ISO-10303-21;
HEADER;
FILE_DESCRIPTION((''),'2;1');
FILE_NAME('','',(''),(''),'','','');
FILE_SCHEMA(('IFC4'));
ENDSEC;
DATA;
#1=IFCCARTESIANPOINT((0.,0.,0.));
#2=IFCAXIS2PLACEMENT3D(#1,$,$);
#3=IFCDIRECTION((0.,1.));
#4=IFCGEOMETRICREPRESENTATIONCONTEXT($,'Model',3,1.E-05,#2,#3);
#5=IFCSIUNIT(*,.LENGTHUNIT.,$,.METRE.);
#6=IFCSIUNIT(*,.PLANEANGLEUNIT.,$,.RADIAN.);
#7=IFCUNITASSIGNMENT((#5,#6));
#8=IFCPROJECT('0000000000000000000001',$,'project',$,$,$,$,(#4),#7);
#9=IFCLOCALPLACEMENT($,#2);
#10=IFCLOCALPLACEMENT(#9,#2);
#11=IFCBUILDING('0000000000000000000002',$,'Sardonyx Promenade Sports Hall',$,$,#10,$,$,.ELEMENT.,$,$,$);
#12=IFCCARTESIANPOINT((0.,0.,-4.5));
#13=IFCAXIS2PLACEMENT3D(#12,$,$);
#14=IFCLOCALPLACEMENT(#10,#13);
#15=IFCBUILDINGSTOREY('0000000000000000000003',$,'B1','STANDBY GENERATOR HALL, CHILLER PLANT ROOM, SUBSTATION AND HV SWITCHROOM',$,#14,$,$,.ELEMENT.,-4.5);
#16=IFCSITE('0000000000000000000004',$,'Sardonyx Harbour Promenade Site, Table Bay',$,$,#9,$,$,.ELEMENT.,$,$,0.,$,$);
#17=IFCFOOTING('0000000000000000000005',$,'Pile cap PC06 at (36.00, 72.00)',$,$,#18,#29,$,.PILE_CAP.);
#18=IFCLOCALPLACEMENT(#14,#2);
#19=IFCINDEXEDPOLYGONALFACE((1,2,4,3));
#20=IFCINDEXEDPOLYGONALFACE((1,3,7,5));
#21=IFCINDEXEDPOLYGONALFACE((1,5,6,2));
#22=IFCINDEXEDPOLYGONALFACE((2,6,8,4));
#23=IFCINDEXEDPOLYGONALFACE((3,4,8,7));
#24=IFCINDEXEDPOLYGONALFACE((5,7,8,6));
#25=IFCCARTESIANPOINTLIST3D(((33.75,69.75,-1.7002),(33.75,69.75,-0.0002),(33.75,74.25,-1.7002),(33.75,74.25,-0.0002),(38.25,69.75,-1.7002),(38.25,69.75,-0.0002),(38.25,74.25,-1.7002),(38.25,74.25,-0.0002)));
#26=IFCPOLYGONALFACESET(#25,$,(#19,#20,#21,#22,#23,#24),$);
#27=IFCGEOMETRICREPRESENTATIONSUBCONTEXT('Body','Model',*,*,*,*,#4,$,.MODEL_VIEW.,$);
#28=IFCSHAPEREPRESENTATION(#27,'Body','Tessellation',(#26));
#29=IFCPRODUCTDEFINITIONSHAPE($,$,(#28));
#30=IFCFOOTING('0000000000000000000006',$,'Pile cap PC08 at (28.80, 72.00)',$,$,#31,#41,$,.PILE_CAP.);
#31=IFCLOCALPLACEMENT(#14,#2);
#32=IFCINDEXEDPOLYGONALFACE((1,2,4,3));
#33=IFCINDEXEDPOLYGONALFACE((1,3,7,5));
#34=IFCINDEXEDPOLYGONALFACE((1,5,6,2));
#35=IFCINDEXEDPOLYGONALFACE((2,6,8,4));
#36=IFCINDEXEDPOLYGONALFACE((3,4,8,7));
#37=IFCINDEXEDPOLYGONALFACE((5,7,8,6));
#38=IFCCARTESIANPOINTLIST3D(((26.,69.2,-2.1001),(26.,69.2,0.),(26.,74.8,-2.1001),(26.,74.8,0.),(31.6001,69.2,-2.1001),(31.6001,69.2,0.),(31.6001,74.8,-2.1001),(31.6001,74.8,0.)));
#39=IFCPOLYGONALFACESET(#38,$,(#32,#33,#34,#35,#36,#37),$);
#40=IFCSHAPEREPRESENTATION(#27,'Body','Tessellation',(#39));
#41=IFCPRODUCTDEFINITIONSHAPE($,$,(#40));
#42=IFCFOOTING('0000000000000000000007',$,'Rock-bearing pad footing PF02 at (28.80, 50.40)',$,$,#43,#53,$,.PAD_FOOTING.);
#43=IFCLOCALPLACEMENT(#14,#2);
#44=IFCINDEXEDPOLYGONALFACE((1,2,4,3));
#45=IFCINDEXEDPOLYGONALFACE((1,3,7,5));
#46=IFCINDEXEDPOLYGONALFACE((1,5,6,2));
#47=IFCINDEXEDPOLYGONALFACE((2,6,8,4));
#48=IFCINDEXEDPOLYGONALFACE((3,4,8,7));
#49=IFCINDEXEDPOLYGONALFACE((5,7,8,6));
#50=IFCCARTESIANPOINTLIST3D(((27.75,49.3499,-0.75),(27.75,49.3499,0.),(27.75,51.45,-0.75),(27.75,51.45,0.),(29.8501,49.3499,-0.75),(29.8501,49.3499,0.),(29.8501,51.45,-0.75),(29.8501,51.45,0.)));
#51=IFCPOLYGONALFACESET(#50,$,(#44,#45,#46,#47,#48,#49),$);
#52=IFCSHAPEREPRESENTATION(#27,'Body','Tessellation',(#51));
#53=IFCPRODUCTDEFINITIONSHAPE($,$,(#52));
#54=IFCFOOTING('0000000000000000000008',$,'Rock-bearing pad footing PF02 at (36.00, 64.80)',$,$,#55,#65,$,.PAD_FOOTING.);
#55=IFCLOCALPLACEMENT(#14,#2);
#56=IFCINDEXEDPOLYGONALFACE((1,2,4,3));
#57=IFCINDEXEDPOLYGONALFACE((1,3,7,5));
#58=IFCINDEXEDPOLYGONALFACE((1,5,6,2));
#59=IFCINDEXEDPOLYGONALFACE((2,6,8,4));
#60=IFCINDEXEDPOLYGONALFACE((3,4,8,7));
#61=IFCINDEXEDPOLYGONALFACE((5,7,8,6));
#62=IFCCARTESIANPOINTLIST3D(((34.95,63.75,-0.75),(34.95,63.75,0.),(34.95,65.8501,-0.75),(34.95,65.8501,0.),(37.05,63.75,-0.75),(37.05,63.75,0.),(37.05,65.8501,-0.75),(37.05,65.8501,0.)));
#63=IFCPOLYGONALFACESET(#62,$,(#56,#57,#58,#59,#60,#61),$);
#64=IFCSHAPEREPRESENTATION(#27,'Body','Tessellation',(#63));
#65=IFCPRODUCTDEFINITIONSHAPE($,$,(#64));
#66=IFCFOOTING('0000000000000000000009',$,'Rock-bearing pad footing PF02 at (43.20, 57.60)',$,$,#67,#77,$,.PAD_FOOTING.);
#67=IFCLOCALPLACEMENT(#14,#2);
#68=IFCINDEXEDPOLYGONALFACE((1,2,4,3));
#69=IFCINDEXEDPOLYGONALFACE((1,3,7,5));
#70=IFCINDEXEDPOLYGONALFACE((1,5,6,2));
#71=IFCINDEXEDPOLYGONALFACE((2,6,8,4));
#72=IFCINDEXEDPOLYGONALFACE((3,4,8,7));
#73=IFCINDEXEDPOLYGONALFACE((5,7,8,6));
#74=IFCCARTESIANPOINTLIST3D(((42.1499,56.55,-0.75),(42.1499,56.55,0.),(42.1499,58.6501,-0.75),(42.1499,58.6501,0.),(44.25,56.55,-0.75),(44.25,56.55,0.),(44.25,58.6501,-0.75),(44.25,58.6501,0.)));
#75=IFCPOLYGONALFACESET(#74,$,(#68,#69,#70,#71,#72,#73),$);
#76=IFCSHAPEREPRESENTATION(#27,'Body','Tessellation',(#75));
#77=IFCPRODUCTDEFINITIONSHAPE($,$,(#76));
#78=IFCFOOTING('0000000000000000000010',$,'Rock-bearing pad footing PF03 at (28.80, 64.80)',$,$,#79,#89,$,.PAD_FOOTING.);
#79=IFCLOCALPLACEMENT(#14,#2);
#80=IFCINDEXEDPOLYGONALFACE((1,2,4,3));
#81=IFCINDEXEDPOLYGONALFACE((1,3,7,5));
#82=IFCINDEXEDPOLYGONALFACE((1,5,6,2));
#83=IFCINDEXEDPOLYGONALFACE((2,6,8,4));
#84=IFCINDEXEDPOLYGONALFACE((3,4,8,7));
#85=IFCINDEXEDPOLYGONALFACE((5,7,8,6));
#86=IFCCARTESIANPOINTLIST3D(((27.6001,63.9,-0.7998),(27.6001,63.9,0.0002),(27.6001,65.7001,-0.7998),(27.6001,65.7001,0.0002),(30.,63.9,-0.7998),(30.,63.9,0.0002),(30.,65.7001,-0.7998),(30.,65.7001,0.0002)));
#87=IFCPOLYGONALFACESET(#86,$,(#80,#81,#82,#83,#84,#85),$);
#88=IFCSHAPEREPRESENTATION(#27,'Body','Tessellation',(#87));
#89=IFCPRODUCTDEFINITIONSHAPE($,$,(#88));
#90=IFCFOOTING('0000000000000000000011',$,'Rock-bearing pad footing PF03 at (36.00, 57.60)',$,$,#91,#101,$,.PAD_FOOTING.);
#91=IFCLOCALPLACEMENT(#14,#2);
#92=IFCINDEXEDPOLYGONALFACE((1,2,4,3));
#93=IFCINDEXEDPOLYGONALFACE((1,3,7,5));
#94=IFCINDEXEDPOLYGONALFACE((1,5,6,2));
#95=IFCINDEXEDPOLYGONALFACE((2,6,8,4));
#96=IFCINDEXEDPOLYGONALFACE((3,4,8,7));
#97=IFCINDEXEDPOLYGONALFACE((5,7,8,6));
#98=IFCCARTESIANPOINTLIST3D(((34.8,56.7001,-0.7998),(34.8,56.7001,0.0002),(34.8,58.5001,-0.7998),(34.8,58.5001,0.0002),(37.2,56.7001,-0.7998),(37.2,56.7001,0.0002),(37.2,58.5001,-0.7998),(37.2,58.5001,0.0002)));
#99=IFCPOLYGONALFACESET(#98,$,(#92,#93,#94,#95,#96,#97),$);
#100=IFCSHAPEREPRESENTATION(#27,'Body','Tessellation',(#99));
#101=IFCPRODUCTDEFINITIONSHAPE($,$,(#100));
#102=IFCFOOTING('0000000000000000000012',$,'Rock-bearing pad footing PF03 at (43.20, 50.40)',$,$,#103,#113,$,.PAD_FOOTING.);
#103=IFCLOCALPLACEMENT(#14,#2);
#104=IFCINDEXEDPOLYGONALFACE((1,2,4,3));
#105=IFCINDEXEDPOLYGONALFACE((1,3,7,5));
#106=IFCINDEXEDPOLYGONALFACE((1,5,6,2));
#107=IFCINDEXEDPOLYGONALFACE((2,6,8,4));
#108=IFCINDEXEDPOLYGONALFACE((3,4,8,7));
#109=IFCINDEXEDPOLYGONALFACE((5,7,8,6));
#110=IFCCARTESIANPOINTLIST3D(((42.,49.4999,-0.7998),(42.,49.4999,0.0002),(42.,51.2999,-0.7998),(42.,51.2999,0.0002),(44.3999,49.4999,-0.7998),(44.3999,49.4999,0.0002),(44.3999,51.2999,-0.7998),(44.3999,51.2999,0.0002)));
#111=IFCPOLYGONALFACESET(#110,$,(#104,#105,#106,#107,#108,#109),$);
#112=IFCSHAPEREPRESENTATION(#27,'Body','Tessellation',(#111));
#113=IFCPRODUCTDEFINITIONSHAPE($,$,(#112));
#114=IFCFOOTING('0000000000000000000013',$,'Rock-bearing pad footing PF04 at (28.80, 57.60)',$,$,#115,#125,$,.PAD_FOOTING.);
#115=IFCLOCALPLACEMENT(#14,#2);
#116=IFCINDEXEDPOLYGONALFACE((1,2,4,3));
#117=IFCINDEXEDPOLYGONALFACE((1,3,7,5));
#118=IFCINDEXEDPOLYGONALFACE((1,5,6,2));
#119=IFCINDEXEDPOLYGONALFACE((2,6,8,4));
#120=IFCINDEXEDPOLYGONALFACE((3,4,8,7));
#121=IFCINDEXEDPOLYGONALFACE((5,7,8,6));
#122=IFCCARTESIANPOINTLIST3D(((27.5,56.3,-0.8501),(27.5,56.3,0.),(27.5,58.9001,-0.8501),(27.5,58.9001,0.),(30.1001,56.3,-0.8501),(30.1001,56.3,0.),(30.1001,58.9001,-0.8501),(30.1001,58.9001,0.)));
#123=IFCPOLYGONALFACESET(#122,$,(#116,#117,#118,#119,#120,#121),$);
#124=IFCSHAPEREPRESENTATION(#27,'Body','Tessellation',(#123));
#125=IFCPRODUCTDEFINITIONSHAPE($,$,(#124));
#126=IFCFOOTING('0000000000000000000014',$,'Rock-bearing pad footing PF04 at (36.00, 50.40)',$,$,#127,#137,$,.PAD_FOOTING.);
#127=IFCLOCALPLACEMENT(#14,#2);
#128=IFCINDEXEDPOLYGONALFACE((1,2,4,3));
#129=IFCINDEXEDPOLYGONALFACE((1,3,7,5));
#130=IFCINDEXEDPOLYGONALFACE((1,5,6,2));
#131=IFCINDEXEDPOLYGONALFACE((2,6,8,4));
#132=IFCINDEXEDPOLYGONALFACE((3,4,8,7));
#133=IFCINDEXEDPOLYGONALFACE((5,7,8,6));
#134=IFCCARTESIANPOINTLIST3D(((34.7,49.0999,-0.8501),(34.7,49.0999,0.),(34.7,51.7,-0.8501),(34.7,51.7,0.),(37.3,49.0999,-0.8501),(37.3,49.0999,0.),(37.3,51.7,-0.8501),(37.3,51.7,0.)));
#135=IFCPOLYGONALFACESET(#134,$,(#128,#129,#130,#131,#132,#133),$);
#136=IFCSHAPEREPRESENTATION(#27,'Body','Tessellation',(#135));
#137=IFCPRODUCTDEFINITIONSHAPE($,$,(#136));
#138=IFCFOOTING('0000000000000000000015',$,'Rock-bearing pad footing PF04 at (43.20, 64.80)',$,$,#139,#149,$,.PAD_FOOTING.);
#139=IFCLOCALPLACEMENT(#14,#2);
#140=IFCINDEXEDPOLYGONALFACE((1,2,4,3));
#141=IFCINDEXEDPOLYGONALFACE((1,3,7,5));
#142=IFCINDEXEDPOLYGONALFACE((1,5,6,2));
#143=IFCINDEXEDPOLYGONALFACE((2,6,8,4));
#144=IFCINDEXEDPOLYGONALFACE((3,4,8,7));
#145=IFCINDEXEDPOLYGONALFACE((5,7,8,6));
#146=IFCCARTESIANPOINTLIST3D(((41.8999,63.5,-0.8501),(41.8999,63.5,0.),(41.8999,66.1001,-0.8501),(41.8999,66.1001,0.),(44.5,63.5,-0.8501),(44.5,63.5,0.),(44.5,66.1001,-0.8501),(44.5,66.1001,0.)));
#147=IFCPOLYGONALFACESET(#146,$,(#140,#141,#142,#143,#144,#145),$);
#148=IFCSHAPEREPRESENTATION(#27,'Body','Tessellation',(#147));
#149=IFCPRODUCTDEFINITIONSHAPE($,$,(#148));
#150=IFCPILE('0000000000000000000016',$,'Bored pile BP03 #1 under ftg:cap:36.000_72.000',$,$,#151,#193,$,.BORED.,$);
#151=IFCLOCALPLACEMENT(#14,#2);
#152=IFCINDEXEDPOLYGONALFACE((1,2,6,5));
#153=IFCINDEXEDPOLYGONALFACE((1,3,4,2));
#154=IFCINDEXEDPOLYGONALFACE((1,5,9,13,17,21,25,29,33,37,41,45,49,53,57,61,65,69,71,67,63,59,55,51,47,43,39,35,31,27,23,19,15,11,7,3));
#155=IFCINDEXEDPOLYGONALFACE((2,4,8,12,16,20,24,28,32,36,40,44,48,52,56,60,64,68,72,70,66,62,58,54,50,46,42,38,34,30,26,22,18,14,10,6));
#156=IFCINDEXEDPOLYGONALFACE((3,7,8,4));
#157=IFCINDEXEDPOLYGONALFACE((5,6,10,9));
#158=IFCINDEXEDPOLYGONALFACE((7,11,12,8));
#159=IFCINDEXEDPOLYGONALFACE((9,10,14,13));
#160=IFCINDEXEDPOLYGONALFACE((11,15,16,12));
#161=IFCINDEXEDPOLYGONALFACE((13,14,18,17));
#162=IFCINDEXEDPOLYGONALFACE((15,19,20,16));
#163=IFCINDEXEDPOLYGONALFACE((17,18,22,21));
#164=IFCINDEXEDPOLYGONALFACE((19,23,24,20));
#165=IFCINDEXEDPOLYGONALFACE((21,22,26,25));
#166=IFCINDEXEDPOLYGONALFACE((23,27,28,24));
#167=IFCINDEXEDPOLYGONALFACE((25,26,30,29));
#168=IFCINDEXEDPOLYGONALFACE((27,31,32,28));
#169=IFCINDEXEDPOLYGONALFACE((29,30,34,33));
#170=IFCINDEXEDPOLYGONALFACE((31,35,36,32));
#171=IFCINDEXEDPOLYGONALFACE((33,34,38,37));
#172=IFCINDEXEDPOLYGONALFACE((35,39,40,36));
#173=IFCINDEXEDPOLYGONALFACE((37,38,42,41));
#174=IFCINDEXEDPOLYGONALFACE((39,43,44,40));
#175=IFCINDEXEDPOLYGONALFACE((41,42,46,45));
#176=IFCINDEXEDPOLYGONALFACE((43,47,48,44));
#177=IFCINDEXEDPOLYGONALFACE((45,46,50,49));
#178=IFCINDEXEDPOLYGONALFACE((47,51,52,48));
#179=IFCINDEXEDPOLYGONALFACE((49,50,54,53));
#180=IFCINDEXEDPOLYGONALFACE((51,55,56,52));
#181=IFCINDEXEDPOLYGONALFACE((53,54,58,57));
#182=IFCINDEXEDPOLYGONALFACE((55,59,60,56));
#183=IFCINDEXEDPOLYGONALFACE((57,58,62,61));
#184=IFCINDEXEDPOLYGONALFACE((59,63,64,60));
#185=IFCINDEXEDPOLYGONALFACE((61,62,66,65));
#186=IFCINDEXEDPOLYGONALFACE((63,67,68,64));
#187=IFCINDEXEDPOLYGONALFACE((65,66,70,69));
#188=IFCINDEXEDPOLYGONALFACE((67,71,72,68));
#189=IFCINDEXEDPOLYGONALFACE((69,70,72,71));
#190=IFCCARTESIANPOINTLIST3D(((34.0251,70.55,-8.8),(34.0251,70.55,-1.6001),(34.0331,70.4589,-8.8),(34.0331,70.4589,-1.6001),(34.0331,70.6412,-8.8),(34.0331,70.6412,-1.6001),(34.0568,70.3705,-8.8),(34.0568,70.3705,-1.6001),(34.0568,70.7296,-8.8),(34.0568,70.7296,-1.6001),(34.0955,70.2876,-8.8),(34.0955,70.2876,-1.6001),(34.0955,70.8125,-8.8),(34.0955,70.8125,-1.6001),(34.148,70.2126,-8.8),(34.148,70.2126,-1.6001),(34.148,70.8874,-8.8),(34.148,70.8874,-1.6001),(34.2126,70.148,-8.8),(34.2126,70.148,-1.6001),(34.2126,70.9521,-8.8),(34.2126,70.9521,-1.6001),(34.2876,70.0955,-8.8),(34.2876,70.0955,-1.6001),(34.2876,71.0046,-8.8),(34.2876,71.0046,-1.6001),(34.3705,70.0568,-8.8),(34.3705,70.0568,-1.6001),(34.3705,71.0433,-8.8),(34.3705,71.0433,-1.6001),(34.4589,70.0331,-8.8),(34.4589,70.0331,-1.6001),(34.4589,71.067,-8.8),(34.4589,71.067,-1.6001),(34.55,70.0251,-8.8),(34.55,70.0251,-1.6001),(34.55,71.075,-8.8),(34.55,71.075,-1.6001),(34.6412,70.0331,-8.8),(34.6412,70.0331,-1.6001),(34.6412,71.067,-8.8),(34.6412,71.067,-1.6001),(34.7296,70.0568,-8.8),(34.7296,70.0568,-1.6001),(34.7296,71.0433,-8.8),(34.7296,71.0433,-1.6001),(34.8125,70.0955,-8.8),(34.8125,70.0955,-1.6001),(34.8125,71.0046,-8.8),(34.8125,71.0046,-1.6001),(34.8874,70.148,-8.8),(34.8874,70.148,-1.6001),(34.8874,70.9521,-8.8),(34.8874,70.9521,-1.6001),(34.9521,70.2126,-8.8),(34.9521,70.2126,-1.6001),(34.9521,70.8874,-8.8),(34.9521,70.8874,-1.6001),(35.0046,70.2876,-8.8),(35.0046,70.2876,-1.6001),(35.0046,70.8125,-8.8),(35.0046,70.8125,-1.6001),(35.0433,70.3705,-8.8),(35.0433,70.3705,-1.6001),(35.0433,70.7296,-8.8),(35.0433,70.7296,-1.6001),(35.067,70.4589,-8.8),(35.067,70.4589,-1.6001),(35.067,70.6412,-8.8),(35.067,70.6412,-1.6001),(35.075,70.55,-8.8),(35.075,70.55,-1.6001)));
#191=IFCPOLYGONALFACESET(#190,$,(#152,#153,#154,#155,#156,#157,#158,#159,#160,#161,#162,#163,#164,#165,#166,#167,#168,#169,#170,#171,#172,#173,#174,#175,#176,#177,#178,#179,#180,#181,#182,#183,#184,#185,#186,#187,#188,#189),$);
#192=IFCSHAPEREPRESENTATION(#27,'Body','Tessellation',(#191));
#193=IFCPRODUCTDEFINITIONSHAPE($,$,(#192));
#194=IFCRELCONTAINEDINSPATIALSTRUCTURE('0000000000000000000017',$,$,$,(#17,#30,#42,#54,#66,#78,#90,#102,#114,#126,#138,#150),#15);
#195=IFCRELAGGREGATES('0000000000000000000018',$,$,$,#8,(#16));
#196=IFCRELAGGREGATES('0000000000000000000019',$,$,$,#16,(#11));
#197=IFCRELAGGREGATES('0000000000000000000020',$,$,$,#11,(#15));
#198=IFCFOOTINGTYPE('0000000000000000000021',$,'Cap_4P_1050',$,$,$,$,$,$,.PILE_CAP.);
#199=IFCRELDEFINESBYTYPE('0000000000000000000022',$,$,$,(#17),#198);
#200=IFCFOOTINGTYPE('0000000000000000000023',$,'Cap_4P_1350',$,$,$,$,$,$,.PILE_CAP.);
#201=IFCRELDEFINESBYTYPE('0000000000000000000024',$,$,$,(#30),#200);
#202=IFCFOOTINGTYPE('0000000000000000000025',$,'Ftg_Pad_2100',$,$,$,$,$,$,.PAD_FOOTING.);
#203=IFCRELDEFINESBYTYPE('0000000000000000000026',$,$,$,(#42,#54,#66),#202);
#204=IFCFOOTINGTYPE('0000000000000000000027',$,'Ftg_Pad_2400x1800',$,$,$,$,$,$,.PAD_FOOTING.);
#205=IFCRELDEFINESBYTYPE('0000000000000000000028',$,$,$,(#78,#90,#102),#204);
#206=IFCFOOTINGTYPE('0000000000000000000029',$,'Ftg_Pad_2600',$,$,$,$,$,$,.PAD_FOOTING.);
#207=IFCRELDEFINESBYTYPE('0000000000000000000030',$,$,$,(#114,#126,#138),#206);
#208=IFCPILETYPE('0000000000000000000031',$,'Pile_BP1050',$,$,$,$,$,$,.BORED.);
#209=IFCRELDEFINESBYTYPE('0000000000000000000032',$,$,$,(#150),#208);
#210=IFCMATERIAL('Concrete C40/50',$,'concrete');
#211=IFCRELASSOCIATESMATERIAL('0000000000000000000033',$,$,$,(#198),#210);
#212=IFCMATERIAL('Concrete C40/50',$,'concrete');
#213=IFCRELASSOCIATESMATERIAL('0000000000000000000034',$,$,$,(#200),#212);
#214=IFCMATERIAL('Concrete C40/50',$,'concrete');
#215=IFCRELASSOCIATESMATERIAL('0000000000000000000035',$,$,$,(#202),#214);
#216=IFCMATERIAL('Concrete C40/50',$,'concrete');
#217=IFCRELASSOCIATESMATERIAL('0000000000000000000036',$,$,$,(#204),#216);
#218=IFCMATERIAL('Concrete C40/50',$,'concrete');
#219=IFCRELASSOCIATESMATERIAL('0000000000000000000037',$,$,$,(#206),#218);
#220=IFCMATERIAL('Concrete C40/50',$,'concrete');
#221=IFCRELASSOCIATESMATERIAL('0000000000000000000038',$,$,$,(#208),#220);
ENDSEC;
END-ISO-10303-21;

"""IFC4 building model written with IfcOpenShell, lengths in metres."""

from ifc_helpers import new_model, si_unit, direction, frame, origin, origin_2d, place, context, subcontext, project, spatial, rectangle, circle, extrude, material, material_profile, profile_set, type_object, element, save


model = new_model("IFC4")

# Units and contexts
model_context = context("Model", 3, precision=1e-05, world=origin(), true_north=direction((0.0, 1.0)))
body_context = subcontext(model_context, "Body", "Model", "MODEL_VIEW")
ifc_project = project(units=[si_unit("LENGTHUNIT", "METRE"), si_unit("PLANEANGLEUNIT", "RADIAN")], contexts=[model_context])

# Site, building, storey
site_placement = place(None, origin())
site = spatial("IfcSite", under=ifc_project, at=site_placement, Name="Sardonyx Harbour Promenade Site, Table Bay", CompositionType="ELEMENT", RefElevation=0.0)
building_placement = place(site_placement, origin())
building = spatial("IfcBuilding", under=site, at=building_placement, Name="Sardonyx Promenade Sports Hall", CompositionType="ELEMENT")
storey_placement = place(building_placement, frame((0.0, 0.0, -4.5)))
storey = spatial("IfcBuildingStorey", under=building, at=storey_placement, Name="B1", Description="STANDBY GENERATOR HALL, CHILLER PLANT ROOM, SUBSTATION AND HV SWITCHROOM", CompositionType="ELEMENT", Elevation=-4.5)

# Footings
ifc_material_1 = material(Name="Concrete C40/50", Category="concrete")
footing_type_1 = type_object("IfcFootingType", Name="Cap_4P_1050", PredefinedType="PILE_CAP", material=ifc_material_1)
footing_1_placement = place(storey_placement, frame((36.0, 72.0, -1.7002), z_axis=(0.0, 0.0, 1.0), x_axis=(1.0, 0.0, 0.0)))
element("IfcFooting", 1, at=footing_1_placement, inside=storey, type_object=footing_type_1, Name="Pile cap PC06 at (36.00, 72.00)", PredefinedType="PILE_CAP", context=body_context, shape_type="SweptSolid", body=[
    extrude(rectangle(XDim=4.5, YDim=4.5, at=origin_2d()), origin(), (0.0, 0.0, 1.0), 1.7),
])
ifc_material_2 = material(Name="Concrete C40/50", Category="concrete")
footing_type_2 = type_object("IfcFootingType", Name="Cap_4P_1350", PredefinedType="PILE_CAP", material=ifc_material_2)
footing_2_placement = place(storey_placement, frame((28.8, 72.0, -2.1001), z_axis=(0.0, 0.0, 1.0), x_axis=(1.0, 0.0, 0.0)))
element("IfcFooting", 2, at=footing_2_placement, inside=storey, type_object=footing_type_2, Name="Pile cap PC08 at (28.80, 72.00)", PredefinedType="PILE_CAP", context=body_context, shape_type="SweptSolid", body=[
    extrude(rectangle(XDim=5.6001, YDim=5.6001, at=origin_2d()), origin(), (0.0, 0.0, 1.0), 2.1001),
])
ifc_material_3 = material(Name="Concrete C40/50", Category="concrete")
footing_type_3 = type_object("IfcFootingType", Name="Ftg_Pad_2100", PredefinedType="PAD_FOOTING", material=ifc_material_3)
for number, where, z_axis, x_axis, name in (
    (3, (28.8, 50.3999, -0.75), (0.0, 0.0, 1.0), (1.0, 0.0, 0.0), "Rock-bearing pad footing PF02 at (28.80, 50.40)"),
    (4, (36.0, 64.8, -0.75), (0.0, 0.0, 1.0), (1.0, 0.0, 0.0), "Rock-bearing pad footing PF02 at (36.00, 64.80)"),
    (5, (43.2, 57.6001, -0.75), (0.0, 0.0, 1.0), (1.0, 0.0, 0.0), "Rock-bearing pad footing PF02 at (43.20, 57.60)"),
):
    element("IfcFooting", number, at=place(storey_placement, frame(where, z_axis=z_axis, x_axis=x_axis)), inside=storey, type_object=footing_type_3, Name=name, PredefinedType="PAD_FOOTING", context=body_context, shape_type="SweptSolid", body=[
        extrude(rectangle(XDim=2.1001, YDim=2.1001, at=origin_2d()), origin(), (0.0, 0.0, 1.0), 0.75),
    ])
ifc_material_4 = material(Name="Concrete C40/50", Category="concrete")
footing_type_4 = type_object("IfcFootingType", Name="Ftg_Pad_2400x1800", PredefinedType="PAD_FOOTING", material=ifc_material_4)
for number, where, z_axis, x_axis, name in (
    (6, (28.8, 64.8, -0.7998), (0.0, 0.0, 1.0), (1.0, 0.0, 0.0), "Rock-bearing pad footing PF03 at (28.80, 64.80)"),
    (7, (36.0, 57.6001, -0.7998), (0.0, 0.0, 1.0), (1.0, 0.0, 0.0), "Rock-bearing pad footing PF03 at (36.00, 57.60)"),
    (8, (43.2, 50.3999, -0.7998), (0.0, 0.0, 1.0), (1.0, 0.0, 0.0), "Rock-bearing pad footing PF03 at (43.20, 50.40)"),
):
    element("IfcFooting", number, at=place(storey_placement, frame(where, z_axis=z_axis, x_axis=x_axis)), inside=storey, type_object=footing_type_4, Name=name, PredefinedType="PAD_FOOTING", context=body_context, shape_type="SweptSolid", body=[
        extrude(rectangle(XDim=2.3999, YDim=1.8, at=origin_2d()), origin(), (0.0, 0.0, 1.0), 0.8),
    ])
ifc_material_5 = material(Name="Concrete C40/50", Category="concrete")
footing_type_5 = type_object("IfcFootingType", Name="Ftg_Pad_2600", PredefinedType="PAD_FOOTING", material=ifc_material_5)
for number, where, z_axis, x_axis, name in (
    (9, (28.8, 57.6001, -0.8501), (0.0, 0.0, 1.0), (1.0, 0.0, 0.0), "Rock-bearing pad footing PF04 at (28.80, 57.60)"),
    (10, (36.0, 50.3999, -0.8501), (0.0, 0.0, 1.0), (1.0, 0.0, 0.0), "Rock-bearing pad footing PF04 at (36.00, 50.40)"),
    (11, (43.2, 64.8, -0.8501), (0.0, 0.0, 1.0), (1.0, 0.0, 0.0), "Rock-bearing pad footing PF04 at (43.20, 64.80)"),
):
    element("IfcFooting", number, at=place(storey_placement, frame(where, z_axis=z_axis, x_axis=x_axis)), inside=storey, type_object=footing_type_5, Name=name, PredefinedType="PAD_FOOTING", context=body_context, shape_type="SweptSolid", body=[
        extrude(rectangle(XDim=2.6001, YDim=2.6001, at=origin_2d()), origin(), (0.0, 0.0, 1.0), 0.8501),
    ])

# Pile
ifc_material_6 = material(Name="Concrete C40/50", Category="concrete")
ifc_material_profile_1 = material_profile(ifc_material_6, circle(Radius=0.5249, at=origin_2d()))
ifc_profile_set_1 = profile_set([ifc_material_profile_1], Name="Concrete C40/50")
pile_type_1 = type_object("IfcPileType", Name="Pile_BP1050", PredefinedType="BORED", material=ifc_profile_set_1)
for number, where, z_axis, x_axis, name in (
    (12, (34.55, 70.55, -1.6001), (0.0, 0.0, -1.0), (1.0, 0.0, 0.0), "Bored pile BP03 #1 under ftg:cap:36.000_72.000"),
):
    element("IfcPile", number, at=place(storey_placement, frame(where, z_axis=z_axis, x_axis=x_axis)), inside=storey, type_object=pile_type_1, Name=name, PredefinedType="BORED", context=body_context, shape_type="SweptSolid", body=[
        extrude(circle(Radius=0.5249, at=origin_2d()), origin(), (0.0, 0.0, 1.0), 7.2),
    ])

save(model, "model.ifc")
